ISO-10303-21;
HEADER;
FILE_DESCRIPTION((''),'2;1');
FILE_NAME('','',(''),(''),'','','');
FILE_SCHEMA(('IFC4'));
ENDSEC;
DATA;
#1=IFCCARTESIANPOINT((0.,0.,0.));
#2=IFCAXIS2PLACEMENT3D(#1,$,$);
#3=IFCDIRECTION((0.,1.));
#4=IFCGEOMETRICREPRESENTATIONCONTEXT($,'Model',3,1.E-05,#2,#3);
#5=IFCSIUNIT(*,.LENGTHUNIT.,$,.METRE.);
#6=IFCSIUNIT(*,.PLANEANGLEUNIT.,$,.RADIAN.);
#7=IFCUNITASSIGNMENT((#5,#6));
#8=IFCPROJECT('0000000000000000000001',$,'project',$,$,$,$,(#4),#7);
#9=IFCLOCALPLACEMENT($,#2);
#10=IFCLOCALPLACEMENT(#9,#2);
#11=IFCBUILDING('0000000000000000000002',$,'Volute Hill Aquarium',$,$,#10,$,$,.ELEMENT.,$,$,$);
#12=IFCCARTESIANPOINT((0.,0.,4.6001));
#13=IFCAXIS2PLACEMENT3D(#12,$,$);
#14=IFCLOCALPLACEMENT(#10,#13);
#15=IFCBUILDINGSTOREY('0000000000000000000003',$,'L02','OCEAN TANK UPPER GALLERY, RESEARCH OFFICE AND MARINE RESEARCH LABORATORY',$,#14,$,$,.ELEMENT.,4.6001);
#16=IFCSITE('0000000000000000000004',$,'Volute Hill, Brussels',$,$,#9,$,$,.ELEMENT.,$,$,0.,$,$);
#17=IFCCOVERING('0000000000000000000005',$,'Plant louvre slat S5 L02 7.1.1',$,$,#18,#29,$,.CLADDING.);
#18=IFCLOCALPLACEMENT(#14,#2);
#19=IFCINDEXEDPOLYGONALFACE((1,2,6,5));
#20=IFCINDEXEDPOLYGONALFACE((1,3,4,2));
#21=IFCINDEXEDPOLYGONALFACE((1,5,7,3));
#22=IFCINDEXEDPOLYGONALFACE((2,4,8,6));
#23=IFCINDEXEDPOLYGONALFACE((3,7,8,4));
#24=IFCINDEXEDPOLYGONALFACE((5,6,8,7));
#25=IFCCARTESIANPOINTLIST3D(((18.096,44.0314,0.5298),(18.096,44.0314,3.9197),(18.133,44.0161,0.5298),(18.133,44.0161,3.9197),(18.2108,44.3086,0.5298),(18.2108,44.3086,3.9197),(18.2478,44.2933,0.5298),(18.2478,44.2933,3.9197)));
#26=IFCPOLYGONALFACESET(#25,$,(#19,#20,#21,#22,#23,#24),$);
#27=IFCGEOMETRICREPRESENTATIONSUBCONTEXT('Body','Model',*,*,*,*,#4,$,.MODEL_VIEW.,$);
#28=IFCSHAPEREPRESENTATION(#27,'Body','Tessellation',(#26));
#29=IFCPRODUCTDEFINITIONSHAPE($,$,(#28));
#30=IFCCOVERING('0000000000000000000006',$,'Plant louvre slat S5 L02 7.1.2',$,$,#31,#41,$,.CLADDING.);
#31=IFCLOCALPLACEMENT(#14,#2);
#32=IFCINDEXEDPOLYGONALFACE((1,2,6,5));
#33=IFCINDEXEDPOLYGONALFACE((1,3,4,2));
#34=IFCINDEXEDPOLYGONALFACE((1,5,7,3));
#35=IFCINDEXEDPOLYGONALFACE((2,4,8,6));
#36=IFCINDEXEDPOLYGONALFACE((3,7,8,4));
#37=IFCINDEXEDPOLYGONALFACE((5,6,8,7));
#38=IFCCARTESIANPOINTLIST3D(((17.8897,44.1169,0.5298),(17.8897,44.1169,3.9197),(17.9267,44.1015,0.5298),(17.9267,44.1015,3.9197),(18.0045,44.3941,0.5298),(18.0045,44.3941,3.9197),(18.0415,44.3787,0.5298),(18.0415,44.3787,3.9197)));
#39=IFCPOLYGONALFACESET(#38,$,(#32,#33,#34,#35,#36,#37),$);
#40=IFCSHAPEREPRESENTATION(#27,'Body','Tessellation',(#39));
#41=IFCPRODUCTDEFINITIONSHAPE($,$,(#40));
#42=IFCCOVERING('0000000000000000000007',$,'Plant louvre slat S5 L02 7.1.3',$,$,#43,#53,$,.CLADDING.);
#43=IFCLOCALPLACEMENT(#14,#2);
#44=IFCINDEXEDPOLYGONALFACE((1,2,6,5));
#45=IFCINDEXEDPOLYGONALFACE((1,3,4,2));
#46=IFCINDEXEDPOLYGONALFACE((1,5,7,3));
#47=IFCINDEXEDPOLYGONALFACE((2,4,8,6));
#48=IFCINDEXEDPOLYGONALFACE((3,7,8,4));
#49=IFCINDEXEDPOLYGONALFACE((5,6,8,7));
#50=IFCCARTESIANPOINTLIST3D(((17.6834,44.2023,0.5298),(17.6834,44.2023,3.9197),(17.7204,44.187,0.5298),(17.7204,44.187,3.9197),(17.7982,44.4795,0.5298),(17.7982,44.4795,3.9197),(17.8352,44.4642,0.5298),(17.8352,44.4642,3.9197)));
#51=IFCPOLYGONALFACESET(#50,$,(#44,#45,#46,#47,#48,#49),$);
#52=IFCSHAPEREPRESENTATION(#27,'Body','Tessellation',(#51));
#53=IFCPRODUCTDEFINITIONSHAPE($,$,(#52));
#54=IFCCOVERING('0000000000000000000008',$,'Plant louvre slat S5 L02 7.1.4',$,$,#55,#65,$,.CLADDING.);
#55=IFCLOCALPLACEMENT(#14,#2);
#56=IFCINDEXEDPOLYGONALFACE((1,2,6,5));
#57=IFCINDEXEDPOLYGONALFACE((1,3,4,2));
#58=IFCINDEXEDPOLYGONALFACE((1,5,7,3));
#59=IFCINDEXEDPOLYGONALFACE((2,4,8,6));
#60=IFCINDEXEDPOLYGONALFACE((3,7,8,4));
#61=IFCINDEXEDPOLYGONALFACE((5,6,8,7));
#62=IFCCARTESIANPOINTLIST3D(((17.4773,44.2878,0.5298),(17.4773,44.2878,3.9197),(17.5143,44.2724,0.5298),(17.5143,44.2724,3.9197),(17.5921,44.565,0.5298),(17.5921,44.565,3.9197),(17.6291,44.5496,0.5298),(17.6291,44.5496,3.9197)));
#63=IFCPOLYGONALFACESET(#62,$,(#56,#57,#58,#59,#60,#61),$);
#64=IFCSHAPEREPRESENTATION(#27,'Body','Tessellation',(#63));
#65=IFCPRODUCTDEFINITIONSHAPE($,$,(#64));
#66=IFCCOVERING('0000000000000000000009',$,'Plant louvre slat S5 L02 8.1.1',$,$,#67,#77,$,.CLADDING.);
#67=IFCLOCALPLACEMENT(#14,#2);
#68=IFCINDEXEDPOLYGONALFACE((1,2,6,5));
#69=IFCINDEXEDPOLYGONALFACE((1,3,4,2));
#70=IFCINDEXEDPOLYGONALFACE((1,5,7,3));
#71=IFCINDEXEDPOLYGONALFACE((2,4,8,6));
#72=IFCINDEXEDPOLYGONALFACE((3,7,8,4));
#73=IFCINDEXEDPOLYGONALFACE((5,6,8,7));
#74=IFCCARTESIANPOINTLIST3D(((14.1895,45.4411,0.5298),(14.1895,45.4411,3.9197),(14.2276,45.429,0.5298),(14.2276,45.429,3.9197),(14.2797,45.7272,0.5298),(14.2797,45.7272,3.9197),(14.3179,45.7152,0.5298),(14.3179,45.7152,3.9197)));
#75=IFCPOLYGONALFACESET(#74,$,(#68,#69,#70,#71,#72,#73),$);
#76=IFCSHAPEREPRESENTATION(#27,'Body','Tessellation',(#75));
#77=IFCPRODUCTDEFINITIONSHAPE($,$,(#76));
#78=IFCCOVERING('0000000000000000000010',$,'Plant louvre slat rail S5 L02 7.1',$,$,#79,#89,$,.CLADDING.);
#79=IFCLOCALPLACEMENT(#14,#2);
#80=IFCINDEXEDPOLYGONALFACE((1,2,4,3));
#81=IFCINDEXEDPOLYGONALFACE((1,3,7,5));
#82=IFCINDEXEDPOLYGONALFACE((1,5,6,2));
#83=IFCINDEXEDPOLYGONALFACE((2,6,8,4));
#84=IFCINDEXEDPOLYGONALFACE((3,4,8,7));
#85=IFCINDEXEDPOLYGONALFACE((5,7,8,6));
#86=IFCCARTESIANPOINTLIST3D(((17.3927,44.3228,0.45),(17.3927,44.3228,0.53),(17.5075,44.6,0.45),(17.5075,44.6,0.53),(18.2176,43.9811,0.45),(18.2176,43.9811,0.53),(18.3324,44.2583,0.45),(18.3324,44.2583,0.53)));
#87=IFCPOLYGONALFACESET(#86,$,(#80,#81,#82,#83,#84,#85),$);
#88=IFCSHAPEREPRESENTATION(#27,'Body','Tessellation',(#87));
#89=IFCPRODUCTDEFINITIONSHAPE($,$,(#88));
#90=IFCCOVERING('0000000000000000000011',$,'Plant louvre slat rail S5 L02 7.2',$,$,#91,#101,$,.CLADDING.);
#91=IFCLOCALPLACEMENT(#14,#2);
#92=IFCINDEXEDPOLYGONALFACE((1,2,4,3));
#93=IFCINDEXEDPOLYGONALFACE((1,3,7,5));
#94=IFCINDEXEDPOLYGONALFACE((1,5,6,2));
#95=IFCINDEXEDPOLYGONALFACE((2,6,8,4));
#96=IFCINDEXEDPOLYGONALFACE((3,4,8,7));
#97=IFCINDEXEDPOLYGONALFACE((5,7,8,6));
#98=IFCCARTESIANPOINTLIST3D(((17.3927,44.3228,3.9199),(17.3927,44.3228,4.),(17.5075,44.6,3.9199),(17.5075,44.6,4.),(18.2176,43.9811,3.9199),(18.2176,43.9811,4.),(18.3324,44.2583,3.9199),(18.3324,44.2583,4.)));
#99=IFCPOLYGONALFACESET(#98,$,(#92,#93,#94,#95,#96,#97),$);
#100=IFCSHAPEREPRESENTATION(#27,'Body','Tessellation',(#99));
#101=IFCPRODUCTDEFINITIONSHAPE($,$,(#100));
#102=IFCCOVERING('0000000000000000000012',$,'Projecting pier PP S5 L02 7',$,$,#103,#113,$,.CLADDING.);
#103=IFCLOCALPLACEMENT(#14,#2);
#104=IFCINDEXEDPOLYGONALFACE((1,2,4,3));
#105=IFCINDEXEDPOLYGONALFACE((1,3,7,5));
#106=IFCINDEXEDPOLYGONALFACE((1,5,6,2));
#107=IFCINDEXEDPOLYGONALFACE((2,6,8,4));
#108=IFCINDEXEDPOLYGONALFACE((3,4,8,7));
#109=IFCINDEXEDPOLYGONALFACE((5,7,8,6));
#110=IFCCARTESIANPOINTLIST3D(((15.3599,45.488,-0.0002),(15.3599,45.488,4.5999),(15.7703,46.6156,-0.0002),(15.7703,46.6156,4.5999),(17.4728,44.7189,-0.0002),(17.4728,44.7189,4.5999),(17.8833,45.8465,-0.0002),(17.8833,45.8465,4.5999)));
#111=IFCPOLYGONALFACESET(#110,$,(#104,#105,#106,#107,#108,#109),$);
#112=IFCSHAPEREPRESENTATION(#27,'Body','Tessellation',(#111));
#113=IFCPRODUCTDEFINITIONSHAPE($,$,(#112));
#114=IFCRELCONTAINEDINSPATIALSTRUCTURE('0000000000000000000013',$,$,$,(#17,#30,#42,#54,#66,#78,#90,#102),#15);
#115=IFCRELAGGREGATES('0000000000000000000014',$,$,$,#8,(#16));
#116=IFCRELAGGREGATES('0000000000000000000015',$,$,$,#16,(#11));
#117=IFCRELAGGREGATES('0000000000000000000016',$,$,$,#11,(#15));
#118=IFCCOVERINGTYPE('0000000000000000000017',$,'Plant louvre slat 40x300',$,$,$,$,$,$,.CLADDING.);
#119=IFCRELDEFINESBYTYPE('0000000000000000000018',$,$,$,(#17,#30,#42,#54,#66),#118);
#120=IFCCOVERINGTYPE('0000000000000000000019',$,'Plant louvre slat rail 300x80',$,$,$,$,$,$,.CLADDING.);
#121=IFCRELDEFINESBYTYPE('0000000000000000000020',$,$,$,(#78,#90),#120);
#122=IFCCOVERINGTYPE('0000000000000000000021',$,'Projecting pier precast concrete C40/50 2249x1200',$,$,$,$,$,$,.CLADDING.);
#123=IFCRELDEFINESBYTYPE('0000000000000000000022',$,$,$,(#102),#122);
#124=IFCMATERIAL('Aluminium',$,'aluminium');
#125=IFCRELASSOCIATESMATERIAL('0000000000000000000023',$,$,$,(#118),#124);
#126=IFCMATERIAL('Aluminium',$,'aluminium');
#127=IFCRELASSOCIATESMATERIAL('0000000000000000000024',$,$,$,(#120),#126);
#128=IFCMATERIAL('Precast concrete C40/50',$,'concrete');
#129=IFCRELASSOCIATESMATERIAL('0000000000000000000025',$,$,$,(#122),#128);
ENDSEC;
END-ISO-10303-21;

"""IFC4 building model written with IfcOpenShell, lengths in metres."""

from ifc_helpers import new_model, si_unit, direction, frame, origin, origin_2d, place, context, subcontext, project, spatial, rectangle, extrude, material, type_object, element, save


model = new_model("IFC4")

# Units and contexts
model_context = context("Model", 3, precision=1e-05, world=origin(), true_north=direction((0.0, 1.0)))
body_context = subcontext(model_context, "Body", "Model", "MODEL_VIEW")
ifc_project = project(units=[si_unit("LENGTHUNIT", "METRE"), si_unit("PLANEANGLEUNIT", "RADIAN")], contexts=[model_context])

# Site, building, storey
site_placement = place(None, origin())
site = spatial("IfcSite", under=ifc_project, at=site_placement, Name="Volute Hill, Brussels", CompositionType="ELEMENT", RefElevation=0.0)
building_placement = place(site_placement, origin())
building = spatial("IfcBuilding", under=site, at=building_placement, Name="Volute Hill Aquarium", CompositionType="ELEMENT")
storey_placement = place(building_placement, frame((0.0, 0.0, 4.6001)))
storey = spatial("IfcBuildingStorey", under=building, at=storey_placement, Name="L02", Description="OCEAN TANK UPPER GALLERY, RESEARCH OFFICE AND MARINE RESEARCH LABORATORY", CompositionType="ELEMENT", Elevation=4.6001)

# Coverings
ifc_material_1 = material(Name="Aluminium", Category="aluminium")
covering_type_1 = type_object("IfcCoveringType", Name="Plant louvre slat 40x300", PredefinedType="CLADDING", material=ifc_material_1)
for number, where, z_axis, x_axis, name in (
    (1, (18.1719, 44.1624, 0.5298), (0.0, 0.0, 1.0), (-0.923879, 0.382686, 0.0), "Plant louvre slat S5 L02 7.1.1"),
    (2, (17.9656, 44.2478, 0.5298), (0.0, 0.0, 1.0), (-0.923879, 0.382686, 0.0), "Plant louvre slat S5 L02 7.1.2"),
    (3, (17.7593, 44.3333, 0.5298), (0.0, 0.0, 1.0), (-0.923879, 0.382686, 0.0), "Plant louvre slat S5 L02 7.1.3"),
    (4, (17.5532, 44.4187, 0.5298), (0.0, 0.0, 1.0), (-0.923879, 0.382686, 0.0), "Plant louvre slat S5 L02 7.1.4"),
    (5, (14.2537, 45.5781, 0.5298), (0.0, 0.0, 1.0), (-0.953718, 0.300704, 0.0), "Plant louvre slat S5 L02 8.1.1"),
):
    element("IfcCovering", number, at=place(storey_placement, frame(where, z_axis=z_axis, x_axis=x_axis)), inside=storey, type_object=covering_type_1, Name=name, PredefinedType="CLADDING", context=body_context, shape_type="SweptSolid", body=[
        extrude(rectangle(XDim=0.04, YDim=0.3, at=origin_2d()), origin(), (0.0, 0.0, 1.0), 3.3899),
    ])
ifc_material_2 = material(Name="Aluminium", Category="aluminium")
covering_type_2 = type_object("IfcCoveringType", Name="Plant louvre slat rail 300x80", PredefinedType="CLADDING", material=ifc_material_2)
for number, where, z_axis, x_axis, name in (
    (6, (17.8625, 44.2905, 0.45), (0.0, 0.0, 1.0), (-0.923879, 0.382686, 0.0), "Plant louvre slat rail S5 L02 7.1"),
    (7, (17.8625, 44.2905, 3.9199), (0.0, 0.0, 1.0), (-0.923879, 0.382686, 0.0), "Plant louvre slat rail S5 L02 7.2"),
):
    element("IfcCovering", number, at=place(storey_placement, frame(where, z_axis=z_axis, x_axis=x_axis)), inside=storey, type_object=covering_type_2, Name=name, PredefinedType="CLADDING", context=body_context, shape_type="SweptSolid", body=[
        extrude(rectangle(XDim=0.8928, YDim=0.3, at=origin_2d()), origin(), (0.0, 0.0, 1.0), 0.0801),
    ])
ifc_material_3 = material(Name="Precast concrete C40/50", Category="concrete")
covering_type_3 = type_object("IfcCoveringType", Name="Projecting pier precast concrete C40/50 2249x1200", PredefinedType="CLADDING", material=ifc_material_3)
covering_placement = place(storey_placement, frame((16.6216, 45.6672, -0.0002), z_axis=(0.0, 0.0, 1.0), x_axis=(-0.939693, 0.34202, 0.0)))
element("IfcCovering", 8, at=covering_placement, inside=storey, type_object=covering_type_3, Name="Projecting pier PP S5 L02 7", PredefinedType="CLADDING", context=body_context, shape_type="SweptSolid", body=[
    extrude(rectangle(XDim=2.2485, YDim=1.2, at=origin_2d()), origin(), (0.0, 0.0, 1.0), 4.6001),
])

save(model, "model.ifc")
